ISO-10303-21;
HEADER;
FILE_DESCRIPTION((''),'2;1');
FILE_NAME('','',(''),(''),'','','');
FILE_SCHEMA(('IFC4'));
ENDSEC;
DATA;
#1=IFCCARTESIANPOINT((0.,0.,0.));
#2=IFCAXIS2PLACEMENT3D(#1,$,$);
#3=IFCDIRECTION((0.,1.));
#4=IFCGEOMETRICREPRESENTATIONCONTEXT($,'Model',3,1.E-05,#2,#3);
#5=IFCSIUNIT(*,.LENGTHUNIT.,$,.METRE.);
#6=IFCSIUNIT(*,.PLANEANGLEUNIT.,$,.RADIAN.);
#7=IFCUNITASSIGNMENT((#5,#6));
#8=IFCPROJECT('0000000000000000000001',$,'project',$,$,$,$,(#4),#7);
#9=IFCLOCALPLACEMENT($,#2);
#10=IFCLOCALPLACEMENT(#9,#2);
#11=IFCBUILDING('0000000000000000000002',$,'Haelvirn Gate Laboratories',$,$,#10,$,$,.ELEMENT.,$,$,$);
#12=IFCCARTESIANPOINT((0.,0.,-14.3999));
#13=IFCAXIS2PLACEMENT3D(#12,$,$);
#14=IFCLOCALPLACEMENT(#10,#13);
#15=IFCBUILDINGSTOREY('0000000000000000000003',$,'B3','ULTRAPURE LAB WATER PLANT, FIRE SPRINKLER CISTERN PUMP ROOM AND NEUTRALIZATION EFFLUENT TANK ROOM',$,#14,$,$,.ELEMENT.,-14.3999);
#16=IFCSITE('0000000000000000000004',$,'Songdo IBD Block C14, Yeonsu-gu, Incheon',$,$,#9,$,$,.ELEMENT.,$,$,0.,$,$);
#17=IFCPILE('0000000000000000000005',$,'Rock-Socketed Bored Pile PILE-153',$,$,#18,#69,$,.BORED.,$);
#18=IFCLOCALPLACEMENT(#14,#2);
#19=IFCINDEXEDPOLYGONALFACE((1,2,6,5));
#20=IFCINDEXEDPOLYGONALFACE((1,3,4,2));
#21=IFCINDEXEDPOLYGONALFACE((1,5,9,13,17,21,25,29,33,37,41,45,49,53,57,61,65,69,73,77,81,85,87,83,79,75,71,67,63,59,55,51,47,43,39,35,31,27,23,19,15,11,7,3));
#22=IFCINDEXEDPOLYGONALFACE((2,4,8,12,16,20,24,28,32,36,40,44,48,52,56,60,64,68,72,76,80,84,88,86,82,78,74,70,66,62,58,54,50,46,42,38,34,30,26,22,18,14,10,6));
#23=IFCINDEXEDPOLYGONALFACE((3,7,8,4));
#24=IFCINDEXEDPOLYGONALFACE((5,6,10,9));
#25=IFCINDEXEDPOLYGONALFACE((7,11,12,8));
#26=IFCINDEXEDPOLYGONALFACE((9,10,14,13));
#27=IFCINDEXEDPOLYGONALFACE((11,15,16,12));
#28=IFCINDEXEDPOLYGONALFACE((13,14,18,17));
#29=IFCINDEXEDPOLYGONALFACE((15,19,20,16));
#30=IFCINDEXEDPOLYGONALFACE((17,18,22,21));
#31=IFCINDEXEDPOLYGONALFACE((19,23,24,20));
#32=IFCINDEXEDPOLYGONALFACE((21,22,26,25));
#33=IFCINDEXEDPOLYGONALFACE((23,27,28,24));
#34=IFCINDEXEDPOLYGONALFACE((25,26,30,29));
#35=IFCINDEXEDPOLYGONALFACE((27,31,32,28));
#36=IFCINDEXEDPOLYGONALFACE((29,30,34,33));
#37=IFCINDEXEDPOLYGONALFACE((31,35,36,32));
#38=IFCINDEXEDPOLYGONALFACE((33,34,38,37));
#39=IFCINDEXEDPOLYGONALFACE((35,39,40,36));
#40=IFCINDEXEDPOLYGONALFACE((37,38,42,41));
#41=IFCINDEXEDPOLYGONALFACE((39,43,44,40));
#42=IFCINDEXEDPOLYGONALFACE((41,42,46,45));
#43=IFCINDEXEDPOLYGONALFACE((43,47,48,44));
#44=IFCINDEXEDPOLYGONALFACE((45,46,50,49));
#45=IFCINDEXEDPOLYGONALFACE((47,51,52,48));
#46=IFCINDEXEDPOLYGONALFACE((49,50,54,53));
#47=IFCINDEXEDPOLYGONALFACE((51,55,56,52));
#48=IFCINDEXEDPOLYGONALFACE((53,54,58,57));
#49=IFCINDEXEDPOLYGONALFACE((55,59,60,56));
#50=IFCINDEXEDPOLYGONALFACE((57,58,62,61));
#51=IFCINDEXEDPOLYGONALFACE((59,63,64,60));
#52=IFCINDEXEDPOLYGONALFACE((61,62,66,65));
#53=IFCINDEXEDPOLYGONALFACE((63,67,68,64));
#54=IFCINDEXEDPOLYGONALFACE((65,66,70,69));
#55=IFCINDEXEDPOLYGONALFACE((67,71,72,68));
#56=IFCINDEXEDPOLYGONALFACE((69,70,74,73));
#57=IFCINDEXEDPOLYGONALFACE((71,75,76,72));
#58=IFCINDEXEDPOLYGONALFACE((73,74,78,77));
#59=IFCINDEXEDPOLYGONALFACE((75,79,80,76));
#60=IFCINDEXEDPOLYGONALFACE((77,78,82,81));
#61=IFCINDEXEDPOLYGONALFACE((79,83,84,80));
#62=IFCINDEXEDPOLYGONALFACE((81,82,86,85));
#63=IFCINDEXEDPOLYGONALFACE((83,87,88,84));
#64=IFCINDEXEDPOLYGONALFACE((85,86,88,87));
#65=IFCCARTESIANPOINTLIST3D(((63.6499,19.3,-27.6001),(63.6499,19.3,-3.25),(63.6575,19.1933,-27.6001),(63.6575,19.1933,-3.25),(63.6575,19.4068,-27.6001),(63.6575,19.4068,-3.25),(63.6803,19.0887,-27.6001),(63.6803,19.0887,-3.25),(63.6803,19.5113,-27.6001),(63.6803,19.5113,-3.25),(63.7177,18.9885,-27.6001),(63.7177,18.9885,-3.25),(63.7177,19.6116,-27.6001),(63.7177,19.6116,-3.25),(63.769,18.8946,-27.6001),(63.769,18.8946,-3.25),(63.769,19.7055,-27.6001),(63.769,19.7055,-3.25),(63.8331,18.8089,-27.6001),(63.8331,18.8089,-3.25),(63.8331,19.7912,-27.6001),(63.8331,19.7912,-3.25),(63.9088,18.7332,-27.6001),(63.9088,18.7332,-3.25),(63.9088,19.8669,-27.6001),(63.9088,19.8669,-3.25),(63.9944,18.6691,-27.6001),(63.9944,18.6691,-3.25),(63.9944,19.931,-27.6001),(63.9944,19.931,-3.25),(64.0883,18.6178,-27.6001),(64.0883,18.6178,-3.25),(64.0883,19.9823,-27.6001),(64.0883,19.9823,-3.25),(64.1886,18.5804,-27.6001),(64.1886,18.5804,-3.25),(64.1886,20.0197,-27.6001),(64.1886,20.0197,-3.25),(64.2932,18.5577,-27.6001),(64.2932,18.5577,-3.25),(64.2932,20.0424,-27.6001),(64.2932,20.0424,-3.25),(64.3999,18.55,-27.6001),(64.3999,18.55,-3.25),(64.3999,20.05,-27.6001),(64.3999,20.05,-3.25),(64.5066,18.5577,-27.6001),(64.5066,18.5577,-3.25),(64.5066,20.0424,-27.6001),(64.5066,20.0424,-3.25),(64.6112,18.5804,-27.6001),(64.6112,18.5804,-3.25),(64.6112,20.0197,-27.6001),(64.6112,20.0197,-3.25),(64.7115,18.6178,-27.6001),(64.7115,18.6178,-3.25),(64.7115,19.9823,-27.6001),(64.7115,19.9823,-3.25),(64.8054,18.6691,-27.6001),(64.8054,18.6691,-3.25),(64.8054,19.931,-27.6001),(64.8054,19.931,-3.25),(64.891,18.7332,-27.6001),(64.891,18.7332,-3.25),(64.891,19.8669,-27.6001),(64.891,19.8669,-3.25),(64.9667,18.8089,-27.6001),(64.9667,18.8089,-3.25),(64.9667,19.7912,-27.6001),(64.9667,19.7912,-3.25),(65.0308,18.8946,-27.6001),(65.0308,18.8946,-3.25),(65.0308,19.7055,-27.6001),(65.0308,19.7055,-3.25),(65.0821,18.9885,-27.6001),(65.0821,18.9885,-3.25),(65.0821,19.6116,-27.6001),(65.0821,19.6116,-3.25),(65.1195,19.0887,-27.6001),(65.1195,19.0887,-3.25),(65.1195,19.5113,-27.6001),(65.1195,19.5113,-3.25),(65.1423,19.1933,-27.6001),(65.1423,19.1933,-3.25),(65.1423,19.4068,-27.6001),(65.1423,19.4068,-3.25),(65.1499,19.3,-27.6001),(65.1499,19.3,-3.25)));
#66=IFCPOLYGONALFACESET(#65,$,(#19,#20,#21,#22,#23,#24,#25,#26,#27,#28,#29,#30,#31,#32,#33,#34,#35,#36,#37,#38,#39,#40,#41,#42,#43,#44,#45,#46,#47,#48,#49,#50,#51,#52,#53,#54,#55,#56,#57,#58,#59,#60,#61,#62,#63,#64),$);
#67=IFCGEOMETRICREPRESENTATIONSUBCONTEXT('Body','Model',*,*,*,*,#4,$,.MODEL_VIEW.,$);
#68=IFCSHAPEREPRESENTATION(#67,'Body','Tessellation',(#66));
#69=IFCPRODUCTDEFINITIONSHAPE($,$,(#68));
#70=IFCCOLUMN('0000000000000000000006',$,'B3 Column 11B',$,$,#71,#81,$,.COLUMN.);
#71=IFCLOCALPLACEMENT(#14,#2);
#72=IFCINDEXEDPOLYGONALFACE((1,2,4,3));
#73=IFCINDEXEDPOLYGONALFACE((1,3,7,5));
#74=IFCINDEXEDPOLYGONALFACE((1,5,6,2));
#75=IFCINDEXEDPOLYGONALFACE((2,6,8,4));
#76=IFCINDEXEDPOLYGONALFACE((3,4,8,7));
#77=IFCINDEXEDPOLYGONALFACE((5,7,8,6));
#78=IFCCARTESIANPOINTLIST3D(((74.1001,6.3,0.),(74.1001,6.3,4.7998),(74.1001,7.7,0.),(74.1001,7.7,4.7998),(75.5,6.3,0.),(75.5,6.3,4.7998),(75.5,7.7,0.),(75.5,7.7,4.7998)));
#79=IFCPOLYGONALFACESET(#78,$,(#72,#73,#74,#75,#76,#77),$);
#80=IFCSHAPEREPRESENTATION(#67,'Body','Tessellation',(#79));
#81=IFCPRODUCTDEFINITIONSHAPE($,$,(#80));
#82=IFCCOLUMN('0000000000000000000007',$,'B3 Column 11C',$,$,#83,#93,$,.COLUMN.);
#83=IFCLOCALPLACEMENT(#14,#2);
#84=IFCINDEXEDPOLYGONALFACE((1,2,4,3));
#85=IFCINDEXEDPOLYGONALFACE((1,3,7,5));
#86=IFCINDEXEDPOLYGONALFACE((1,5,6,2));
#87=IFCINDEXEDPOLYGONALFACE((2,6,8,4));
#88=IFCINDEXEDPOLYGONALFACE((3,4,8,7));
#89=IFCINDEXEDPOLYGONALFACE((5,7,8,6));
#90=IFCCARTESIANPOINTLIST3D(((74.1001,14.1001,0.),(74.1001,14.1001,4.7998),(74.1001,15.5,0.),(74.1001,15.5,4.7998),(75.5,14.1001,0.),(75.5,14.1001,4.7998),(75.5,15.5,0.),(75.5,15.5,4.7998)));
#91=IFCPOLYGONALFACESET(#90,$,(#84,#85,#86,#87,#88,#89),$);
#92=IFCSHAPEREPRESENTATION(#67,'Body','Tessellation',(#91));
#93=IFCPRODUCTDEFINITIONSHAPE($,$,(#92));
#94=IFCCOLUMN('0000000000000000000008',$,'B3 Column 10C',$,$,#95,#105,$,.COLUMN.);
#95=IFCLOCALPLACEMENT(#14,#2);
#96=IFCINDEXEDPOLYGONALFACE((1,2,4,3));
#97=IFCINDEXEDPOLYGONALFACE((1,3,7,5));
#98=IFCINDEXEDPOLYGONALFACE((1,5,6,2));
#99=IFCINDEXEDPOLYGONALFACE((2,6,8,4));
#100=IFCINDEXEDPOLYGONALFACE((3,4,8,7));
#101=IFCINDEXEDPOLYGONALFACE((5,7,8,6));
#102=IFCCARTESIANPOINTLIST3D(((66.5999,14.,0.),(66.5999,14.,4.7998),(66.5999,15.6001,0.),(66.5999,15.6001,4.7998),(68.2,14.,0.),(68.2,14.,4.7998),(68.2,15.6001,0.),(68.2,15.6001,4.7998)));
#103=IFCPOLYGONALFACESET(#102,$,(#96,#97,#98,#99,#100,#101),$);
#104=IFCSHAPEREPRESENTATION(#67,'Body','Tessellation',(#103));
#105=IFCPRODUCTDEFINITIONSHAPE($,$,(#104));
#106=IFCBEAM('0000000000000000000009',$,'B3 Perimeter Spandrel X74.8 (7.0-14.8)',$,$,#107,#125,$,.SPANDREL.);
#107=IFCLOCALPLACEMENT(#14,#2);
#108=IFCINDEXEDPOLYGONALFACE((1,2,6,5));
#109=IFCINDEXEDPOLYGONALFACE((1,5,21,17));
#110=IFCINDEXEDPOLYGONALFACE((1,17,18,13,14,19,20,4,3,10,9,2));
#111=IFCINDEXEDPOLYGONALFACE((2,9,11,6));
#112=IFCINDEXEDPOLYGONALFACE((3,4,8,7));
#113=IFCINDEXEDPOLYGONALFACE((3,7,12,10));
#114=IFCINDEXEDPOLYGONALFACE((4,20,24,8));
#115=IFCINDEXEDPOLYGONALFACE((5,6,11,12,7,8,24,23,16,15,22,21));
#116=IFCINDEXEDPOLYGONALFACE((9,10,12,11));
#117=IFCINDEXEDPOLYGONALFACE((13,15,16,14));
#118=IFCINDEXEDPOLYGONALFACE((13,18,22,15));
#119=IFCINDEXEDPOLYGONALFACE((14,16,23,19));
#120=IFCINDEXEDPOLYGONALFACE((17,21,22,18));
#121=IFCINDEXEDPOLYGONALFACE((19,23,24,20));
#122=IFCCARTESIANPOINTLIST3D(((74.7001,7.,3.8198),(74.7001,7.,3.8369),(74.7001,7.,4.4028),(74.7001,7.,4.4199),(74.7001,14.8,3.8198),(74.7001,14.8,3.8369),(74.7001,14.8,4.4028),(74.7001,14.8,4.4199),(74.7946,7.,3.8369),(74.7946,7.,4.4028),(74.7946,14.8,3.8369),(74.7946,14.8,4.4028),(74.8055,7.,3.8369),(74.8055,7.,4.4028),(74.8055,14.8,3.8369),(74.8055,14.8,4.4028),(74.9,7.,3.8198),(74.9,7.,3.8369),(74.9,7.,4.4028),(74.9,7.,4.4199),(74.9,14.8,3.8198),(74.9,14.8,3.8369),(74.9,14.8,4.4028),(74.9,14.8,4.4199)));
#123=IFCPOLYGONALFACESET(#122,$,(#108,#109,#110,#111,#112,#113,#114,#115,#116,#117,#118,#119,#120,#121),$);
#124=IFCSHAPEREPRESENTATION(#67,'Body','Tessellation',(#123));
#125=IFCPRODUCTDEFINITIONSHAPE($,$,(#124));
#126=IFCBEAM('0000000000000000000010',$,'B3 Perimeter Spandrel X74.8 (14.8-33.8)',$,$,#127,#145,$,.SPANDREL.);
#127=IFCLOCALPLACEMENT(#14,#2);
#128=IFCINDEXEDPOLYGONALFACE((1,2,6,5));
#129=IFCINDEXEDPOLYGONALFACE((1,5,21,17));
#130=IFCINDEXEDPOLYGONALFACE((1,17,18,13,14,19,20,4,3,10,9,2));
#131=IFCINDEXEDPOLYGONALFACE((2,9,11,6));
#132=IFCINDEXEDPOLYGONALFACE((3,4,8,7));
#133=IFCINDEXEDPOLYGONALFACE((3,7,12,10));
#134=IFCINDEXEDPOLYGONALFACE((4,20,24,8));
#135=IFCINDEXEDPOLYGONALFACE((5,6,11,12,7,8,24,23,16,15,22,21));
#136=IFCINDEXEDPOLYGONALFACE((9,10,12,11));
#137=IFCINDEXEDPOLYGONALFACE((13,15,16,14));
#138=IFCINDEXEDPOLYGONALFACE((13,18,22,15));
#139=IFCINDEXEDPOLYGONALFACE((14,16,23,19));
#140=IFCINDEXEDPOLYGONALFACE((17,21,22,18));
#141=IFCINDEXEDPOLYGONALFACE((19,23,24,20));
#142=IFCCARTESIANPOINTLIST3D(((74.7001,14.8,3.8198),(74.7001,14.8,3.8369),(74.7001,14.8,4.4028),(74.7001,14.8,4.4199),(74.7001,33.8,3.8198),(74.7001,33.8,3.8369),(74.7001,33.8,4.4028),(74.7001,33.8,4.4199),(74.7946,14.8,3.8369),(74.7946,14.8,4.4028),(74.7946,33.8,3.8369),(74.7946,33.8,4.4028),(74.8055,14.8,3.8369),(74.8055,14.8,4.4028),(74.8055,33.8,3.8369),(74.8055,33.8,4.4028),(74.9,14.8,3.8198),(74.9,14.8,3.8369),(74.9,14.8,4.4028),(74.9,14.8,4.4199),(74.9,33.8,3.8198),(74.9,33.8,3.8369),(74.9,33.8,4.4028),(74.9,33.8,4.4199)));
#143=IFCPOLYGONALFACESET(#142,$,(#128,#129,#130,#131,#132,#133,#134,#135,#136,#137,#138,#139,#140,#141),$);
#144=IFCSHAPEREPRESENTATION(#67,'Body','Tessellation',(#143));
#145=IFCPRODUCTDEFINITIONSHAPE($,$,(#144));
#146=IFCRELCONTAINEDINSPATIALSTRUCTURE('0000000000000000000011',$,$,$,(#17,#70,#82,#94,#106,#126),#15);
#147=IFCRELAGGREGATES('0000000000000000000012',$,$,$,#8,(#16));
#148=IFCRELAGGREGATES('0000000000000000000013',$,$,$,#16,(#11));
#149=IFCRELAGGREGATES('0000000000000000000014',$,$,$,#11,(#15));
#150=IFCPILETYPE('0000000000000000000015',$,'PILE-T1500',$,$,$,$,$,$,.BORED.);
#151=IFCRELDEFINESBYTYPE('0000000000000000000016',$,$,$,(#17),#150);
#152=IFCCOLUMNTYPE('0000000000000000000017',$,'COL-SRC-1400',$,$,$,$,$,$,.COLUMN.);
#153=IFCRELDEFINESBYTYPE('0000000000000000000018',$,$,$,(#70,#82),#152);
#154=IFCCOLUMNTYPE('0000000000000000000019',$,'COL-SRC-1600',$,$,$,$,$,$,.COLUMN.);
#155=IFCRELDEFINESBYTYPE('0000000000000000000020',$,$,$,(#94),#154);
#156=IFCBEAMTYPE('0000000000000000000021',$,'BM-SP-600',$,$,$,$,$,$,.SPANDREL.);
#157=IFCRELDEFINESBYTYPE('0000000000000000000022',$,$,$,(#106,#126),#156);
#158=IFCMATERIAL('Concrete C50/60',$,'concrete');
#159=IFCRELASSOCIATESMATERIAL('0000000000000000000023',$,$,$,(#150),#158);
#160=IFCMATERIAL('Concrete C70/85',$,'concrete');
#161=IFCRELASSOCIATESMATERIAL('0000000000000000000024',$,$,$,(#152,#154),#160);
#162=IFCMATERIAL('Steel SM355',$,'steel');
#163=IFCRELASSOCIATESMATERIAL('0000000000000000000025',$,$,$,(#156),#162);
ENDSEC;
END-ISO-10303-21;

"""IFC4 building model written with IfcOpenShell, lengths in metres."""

from ifc_helpers import new_model, si_unit, direction, frame, origin, origin_2d, place, context, subcontext, project, spatial, rectangle, circle, i_section, extrude, source, transform, mapped, material, material_profile, profile_set, type_object, type_shapes, element, save


model = new_model("IFC4")

# Units and contexts
model_context = context("Model", 3, precision=1e-05, world=origin(), true_north=direction((0.0, 1.0)))
body_context = subcontext(model_context, "Body", "Model", "MODEL_VIEW")
ifc_project = project(units=[si_unit("LENGTHUNIT", "METRE"), si_unit("PLANEANGLEUNIT", "RADIAN")], contexts=[model_context])

# Site, building, storey
site_placement = place(None, origin())
site = spatial("IfcSite", under=ifc_project, at=site_placement, Name="Songdo IBD Block C14, Yeonsu-gu, Incheon", CompositionType="ELEMENT", RefElevation=0.0)
building_placement = place(site_placement, origin())
building = spatial("IfcBuilding", under=site, at=building_placement, Name="Haelvirn Gate Laboratories", CompositionType="ELEMENT")
storey_placement = place(building_placement, frame((0.0, 0.0, -14.3999)))
storey = spatial("IfcBuildingStorey", under=building, at=storey_placement, Name="B3", Description="ULTRAPURE LAB WATER PLANT, FIRE SPRINKLER CISTERN PUMP ROOM AND NEUTRALIZATION EFFLUENT TANK ROOM", CompositionType="ELEMENT", Elevation=-14.3999)

# Pile
ifc_material_1 = material(Name="Concrete C50/60", Category="concrete")
ifc_material_profile_1 = material_profile(ifc_material_1, circle(Radius=0.75, at=origin_2d()), Name="PILE-D1500")
ifc_profile_set_1 = profile_set([ifc_material_profile_1], Name="Concrete C50/60")
pile_type_1 = type_object("IfcPileType", Name="PILE-T1500", PredefinedType="BORED", material=ifc_profile_set_1)
shared_shape_1 = source(origin(), body_context, "Body", "SweptSolid", [
    extrude(circle(Radius=0.75, at=origin_2d()), origin(), (0.0, 0.0, 1.0), 24.3501),
])
type_shapes(pile_type_1, [shared_shape_1])
for number, where, z_axis, x_axis, name in (
    (1, (64.3999, 19.3, -3.25), (0.0, 0.0, -1.0), (1.0, 0.0, 0.0), "Rock-Socketed Bored Pile PILE-153"),
):
    element("IfcPile", number, at=place(storey_placement, frame(where, z_axis=z_axis, x_axis=x_axis)), inside=storey, type_object=pile_type_1, Name=name, PredefinedType="BORED", context=body_context, shape_type="MappedRepresentation", body=[
        mapped(shared_shape_1, transform((0.0, 0.0, 0.0), scale=1.0)),
    ])

# Columns
ifc_material_2 = material(Name="Concrete C70/85", Category="concrete")
ifc_material_profile_2 = material_profile(ifc_material_2, rectangle(XDim=1.3999, YDim=1.3999, at=origin_2d()), Name="SRC-1400x1400")
ifc_profile_set_2 = profile_set([ifc_material_profile_2], Name="Concrete C70/85")
column_type_1 = type_object("IfcColumnType", Name="COL-SRC-1400", PredefinedType="COLUMN", material=ifc_profile_set_2)
shared_shape_2 = source(origin(), body_context, "Body", "SweptSolid", [
    extrude(rectangle(XDim=1.3999, YDim=1.3999, at=origin_2d()), origin(), (0.0, 0.0, 1.0), 4.7998),
])
type_shapes(column_type_1, [shared_shape_2])
for number, where, z_axis, x_axis, name in (
    (2, (74.8, 7.0, 0.0), (0.0, 0.0, 1.0), (1.0, 0.0, 0.0), "B3 Column 11B"),
    (3, (74.8, 14.8, 0.0), (0.0, 0.0, 1.0), (1.0, 0.0, 0.0), "B3 Column 11C"),
):
    element("IfcColumn", number, at=place(storey_placement, frame(where, z_axis=z_axis, x_axis=x_axis)), inside=storey, type_object=column_type_1, Name=name, PredefinedType="COLUMN", context=body_context, shape_type="MappedRepresentation", body=[
        mapped(shared_shape_2, transform((0.0, 0.0, 0.0), scale=1.0)),
    ])
ifc_material_profile_3 = material_profile(ifc_material_2, rectangle(XDim=1.6001, YDim=1.6001, at=origin_2d()), Name="SRC-1600x1600")
ifc_profile_set_3 = profile_set([ifc_material_profile_3], Name="Concrete C70/85")
column_type_2 = type_object("IfcColumnType", Name="COL-SRC-1600", PredefinedType="COLUMN", material=ifc_profile_set_3)
shared_shape_3 = source(origin(), body_context, "Body", "SweptSolid", [
    extrude(rectangle(XDim=1.6001, YDim=1.6001, at=origin_2d()), origin(), (0.0, 0.0, 1.0), 4.7998),
])
type_shapes(column_type_2, [shared_shape_3])
column_placement = place(storey_placement, frame((67.3999, 14.8, 0.0), z_axis=(0.0, 0.0, 1.0), x_axis=(1.0, 0.0, 0.0)))
element("IfcColumn", 4, at=column_placement, inside=storey, type_object=column_type_2, Name="B3 Column 10C", PredefinedType="COLUMN", context=body_context, shape_type="MappedRepresentation", body=[
    mapped(shared_shape_3, transform((0.0, 0.0, 0.0), scale=1.0)),
])

# Beams
ifc_material_3 = material(Name="Steel SM355", Category="steel")
ifc_material_profile_4 = material_profile(ifc_material_3, i_section(OverallWidth=0.2, OverallDepth=0.6001, WebThickness=0.011, FlangeThickness=0.0171, at=origin_2d()), Name="H-600x200x11x17")
ifc_profile_set_4 = profile_set([ifc_material_profile_4], Name="Steel SM355")
beam_type = type_object("IfcBeamType", Name="BM-SP-600", PredefinedType="SPANDREL", material=ifc_profile_set_4)
shared_shape_4 = source(origin(), body_context, "Body", "SweptSolid", [
    extrude(i_section(OverallWidth=0.2, OverallDepth=0.6001, WebThickness=0.011, FlangeThickness=0.0171, at=origin_2d()), origin(), (0.0, 0.0, 1.0), 7.8),
])
beam_1_placement = place(storey_placement, frame((74.8, 7.0, 4.1199), z_axis=(0.0, 1.0, 0.0), x_axis=(-1.0, 0.0, 0.0)))
element("IfcBeam", 5, at=beam_1_placement, inside=storey, type_object=beam_type, Name="B3 Perimeter Spandrel X74.8 (7.0-14.8)", PredefinedType="SPANDREL", context=body_context, shape_type="MappedRepresentation", body=[
    mapped(shared_shape_4, transform((0.0, 0.0, 0.0), scale=1.0)),
])
shared_shape_5 = source(origin(), body_context, "Body", "SweptSolid", [
    extrude(i_section(OverallWidth=0.2, OverallDepth=0.6001, WebThickness=0.011, FlangeThickness=0.0171, at=origin_2d()), origin(), (0.0, 0.0, 1.0), 19.0),
])
type_shapes(beam_type, [shared_shape_4, shared_shape_5])
beam_2_placement = place(storey_placement, frame((74.8, 14.8, 4.1199), z_axis=(0.0, 1.0, 0.0), x_axis=(-1.0, 0.0, 0.0)))
element("IfcBeam", 6, at=beam_2_placement, inside=storey, type_object=beam_type, Name="B3 Perimeter Spandrel X74.8 (14.8-33.8)", PredefinedType="SPANDREL", context=body_context, shape_type="MappedRepresentation", body=[
    mapped(shared_shape_5, transform((0.0, 0.0, 0.0), scale=1.0)),
])

save(model, "model.ifc")
